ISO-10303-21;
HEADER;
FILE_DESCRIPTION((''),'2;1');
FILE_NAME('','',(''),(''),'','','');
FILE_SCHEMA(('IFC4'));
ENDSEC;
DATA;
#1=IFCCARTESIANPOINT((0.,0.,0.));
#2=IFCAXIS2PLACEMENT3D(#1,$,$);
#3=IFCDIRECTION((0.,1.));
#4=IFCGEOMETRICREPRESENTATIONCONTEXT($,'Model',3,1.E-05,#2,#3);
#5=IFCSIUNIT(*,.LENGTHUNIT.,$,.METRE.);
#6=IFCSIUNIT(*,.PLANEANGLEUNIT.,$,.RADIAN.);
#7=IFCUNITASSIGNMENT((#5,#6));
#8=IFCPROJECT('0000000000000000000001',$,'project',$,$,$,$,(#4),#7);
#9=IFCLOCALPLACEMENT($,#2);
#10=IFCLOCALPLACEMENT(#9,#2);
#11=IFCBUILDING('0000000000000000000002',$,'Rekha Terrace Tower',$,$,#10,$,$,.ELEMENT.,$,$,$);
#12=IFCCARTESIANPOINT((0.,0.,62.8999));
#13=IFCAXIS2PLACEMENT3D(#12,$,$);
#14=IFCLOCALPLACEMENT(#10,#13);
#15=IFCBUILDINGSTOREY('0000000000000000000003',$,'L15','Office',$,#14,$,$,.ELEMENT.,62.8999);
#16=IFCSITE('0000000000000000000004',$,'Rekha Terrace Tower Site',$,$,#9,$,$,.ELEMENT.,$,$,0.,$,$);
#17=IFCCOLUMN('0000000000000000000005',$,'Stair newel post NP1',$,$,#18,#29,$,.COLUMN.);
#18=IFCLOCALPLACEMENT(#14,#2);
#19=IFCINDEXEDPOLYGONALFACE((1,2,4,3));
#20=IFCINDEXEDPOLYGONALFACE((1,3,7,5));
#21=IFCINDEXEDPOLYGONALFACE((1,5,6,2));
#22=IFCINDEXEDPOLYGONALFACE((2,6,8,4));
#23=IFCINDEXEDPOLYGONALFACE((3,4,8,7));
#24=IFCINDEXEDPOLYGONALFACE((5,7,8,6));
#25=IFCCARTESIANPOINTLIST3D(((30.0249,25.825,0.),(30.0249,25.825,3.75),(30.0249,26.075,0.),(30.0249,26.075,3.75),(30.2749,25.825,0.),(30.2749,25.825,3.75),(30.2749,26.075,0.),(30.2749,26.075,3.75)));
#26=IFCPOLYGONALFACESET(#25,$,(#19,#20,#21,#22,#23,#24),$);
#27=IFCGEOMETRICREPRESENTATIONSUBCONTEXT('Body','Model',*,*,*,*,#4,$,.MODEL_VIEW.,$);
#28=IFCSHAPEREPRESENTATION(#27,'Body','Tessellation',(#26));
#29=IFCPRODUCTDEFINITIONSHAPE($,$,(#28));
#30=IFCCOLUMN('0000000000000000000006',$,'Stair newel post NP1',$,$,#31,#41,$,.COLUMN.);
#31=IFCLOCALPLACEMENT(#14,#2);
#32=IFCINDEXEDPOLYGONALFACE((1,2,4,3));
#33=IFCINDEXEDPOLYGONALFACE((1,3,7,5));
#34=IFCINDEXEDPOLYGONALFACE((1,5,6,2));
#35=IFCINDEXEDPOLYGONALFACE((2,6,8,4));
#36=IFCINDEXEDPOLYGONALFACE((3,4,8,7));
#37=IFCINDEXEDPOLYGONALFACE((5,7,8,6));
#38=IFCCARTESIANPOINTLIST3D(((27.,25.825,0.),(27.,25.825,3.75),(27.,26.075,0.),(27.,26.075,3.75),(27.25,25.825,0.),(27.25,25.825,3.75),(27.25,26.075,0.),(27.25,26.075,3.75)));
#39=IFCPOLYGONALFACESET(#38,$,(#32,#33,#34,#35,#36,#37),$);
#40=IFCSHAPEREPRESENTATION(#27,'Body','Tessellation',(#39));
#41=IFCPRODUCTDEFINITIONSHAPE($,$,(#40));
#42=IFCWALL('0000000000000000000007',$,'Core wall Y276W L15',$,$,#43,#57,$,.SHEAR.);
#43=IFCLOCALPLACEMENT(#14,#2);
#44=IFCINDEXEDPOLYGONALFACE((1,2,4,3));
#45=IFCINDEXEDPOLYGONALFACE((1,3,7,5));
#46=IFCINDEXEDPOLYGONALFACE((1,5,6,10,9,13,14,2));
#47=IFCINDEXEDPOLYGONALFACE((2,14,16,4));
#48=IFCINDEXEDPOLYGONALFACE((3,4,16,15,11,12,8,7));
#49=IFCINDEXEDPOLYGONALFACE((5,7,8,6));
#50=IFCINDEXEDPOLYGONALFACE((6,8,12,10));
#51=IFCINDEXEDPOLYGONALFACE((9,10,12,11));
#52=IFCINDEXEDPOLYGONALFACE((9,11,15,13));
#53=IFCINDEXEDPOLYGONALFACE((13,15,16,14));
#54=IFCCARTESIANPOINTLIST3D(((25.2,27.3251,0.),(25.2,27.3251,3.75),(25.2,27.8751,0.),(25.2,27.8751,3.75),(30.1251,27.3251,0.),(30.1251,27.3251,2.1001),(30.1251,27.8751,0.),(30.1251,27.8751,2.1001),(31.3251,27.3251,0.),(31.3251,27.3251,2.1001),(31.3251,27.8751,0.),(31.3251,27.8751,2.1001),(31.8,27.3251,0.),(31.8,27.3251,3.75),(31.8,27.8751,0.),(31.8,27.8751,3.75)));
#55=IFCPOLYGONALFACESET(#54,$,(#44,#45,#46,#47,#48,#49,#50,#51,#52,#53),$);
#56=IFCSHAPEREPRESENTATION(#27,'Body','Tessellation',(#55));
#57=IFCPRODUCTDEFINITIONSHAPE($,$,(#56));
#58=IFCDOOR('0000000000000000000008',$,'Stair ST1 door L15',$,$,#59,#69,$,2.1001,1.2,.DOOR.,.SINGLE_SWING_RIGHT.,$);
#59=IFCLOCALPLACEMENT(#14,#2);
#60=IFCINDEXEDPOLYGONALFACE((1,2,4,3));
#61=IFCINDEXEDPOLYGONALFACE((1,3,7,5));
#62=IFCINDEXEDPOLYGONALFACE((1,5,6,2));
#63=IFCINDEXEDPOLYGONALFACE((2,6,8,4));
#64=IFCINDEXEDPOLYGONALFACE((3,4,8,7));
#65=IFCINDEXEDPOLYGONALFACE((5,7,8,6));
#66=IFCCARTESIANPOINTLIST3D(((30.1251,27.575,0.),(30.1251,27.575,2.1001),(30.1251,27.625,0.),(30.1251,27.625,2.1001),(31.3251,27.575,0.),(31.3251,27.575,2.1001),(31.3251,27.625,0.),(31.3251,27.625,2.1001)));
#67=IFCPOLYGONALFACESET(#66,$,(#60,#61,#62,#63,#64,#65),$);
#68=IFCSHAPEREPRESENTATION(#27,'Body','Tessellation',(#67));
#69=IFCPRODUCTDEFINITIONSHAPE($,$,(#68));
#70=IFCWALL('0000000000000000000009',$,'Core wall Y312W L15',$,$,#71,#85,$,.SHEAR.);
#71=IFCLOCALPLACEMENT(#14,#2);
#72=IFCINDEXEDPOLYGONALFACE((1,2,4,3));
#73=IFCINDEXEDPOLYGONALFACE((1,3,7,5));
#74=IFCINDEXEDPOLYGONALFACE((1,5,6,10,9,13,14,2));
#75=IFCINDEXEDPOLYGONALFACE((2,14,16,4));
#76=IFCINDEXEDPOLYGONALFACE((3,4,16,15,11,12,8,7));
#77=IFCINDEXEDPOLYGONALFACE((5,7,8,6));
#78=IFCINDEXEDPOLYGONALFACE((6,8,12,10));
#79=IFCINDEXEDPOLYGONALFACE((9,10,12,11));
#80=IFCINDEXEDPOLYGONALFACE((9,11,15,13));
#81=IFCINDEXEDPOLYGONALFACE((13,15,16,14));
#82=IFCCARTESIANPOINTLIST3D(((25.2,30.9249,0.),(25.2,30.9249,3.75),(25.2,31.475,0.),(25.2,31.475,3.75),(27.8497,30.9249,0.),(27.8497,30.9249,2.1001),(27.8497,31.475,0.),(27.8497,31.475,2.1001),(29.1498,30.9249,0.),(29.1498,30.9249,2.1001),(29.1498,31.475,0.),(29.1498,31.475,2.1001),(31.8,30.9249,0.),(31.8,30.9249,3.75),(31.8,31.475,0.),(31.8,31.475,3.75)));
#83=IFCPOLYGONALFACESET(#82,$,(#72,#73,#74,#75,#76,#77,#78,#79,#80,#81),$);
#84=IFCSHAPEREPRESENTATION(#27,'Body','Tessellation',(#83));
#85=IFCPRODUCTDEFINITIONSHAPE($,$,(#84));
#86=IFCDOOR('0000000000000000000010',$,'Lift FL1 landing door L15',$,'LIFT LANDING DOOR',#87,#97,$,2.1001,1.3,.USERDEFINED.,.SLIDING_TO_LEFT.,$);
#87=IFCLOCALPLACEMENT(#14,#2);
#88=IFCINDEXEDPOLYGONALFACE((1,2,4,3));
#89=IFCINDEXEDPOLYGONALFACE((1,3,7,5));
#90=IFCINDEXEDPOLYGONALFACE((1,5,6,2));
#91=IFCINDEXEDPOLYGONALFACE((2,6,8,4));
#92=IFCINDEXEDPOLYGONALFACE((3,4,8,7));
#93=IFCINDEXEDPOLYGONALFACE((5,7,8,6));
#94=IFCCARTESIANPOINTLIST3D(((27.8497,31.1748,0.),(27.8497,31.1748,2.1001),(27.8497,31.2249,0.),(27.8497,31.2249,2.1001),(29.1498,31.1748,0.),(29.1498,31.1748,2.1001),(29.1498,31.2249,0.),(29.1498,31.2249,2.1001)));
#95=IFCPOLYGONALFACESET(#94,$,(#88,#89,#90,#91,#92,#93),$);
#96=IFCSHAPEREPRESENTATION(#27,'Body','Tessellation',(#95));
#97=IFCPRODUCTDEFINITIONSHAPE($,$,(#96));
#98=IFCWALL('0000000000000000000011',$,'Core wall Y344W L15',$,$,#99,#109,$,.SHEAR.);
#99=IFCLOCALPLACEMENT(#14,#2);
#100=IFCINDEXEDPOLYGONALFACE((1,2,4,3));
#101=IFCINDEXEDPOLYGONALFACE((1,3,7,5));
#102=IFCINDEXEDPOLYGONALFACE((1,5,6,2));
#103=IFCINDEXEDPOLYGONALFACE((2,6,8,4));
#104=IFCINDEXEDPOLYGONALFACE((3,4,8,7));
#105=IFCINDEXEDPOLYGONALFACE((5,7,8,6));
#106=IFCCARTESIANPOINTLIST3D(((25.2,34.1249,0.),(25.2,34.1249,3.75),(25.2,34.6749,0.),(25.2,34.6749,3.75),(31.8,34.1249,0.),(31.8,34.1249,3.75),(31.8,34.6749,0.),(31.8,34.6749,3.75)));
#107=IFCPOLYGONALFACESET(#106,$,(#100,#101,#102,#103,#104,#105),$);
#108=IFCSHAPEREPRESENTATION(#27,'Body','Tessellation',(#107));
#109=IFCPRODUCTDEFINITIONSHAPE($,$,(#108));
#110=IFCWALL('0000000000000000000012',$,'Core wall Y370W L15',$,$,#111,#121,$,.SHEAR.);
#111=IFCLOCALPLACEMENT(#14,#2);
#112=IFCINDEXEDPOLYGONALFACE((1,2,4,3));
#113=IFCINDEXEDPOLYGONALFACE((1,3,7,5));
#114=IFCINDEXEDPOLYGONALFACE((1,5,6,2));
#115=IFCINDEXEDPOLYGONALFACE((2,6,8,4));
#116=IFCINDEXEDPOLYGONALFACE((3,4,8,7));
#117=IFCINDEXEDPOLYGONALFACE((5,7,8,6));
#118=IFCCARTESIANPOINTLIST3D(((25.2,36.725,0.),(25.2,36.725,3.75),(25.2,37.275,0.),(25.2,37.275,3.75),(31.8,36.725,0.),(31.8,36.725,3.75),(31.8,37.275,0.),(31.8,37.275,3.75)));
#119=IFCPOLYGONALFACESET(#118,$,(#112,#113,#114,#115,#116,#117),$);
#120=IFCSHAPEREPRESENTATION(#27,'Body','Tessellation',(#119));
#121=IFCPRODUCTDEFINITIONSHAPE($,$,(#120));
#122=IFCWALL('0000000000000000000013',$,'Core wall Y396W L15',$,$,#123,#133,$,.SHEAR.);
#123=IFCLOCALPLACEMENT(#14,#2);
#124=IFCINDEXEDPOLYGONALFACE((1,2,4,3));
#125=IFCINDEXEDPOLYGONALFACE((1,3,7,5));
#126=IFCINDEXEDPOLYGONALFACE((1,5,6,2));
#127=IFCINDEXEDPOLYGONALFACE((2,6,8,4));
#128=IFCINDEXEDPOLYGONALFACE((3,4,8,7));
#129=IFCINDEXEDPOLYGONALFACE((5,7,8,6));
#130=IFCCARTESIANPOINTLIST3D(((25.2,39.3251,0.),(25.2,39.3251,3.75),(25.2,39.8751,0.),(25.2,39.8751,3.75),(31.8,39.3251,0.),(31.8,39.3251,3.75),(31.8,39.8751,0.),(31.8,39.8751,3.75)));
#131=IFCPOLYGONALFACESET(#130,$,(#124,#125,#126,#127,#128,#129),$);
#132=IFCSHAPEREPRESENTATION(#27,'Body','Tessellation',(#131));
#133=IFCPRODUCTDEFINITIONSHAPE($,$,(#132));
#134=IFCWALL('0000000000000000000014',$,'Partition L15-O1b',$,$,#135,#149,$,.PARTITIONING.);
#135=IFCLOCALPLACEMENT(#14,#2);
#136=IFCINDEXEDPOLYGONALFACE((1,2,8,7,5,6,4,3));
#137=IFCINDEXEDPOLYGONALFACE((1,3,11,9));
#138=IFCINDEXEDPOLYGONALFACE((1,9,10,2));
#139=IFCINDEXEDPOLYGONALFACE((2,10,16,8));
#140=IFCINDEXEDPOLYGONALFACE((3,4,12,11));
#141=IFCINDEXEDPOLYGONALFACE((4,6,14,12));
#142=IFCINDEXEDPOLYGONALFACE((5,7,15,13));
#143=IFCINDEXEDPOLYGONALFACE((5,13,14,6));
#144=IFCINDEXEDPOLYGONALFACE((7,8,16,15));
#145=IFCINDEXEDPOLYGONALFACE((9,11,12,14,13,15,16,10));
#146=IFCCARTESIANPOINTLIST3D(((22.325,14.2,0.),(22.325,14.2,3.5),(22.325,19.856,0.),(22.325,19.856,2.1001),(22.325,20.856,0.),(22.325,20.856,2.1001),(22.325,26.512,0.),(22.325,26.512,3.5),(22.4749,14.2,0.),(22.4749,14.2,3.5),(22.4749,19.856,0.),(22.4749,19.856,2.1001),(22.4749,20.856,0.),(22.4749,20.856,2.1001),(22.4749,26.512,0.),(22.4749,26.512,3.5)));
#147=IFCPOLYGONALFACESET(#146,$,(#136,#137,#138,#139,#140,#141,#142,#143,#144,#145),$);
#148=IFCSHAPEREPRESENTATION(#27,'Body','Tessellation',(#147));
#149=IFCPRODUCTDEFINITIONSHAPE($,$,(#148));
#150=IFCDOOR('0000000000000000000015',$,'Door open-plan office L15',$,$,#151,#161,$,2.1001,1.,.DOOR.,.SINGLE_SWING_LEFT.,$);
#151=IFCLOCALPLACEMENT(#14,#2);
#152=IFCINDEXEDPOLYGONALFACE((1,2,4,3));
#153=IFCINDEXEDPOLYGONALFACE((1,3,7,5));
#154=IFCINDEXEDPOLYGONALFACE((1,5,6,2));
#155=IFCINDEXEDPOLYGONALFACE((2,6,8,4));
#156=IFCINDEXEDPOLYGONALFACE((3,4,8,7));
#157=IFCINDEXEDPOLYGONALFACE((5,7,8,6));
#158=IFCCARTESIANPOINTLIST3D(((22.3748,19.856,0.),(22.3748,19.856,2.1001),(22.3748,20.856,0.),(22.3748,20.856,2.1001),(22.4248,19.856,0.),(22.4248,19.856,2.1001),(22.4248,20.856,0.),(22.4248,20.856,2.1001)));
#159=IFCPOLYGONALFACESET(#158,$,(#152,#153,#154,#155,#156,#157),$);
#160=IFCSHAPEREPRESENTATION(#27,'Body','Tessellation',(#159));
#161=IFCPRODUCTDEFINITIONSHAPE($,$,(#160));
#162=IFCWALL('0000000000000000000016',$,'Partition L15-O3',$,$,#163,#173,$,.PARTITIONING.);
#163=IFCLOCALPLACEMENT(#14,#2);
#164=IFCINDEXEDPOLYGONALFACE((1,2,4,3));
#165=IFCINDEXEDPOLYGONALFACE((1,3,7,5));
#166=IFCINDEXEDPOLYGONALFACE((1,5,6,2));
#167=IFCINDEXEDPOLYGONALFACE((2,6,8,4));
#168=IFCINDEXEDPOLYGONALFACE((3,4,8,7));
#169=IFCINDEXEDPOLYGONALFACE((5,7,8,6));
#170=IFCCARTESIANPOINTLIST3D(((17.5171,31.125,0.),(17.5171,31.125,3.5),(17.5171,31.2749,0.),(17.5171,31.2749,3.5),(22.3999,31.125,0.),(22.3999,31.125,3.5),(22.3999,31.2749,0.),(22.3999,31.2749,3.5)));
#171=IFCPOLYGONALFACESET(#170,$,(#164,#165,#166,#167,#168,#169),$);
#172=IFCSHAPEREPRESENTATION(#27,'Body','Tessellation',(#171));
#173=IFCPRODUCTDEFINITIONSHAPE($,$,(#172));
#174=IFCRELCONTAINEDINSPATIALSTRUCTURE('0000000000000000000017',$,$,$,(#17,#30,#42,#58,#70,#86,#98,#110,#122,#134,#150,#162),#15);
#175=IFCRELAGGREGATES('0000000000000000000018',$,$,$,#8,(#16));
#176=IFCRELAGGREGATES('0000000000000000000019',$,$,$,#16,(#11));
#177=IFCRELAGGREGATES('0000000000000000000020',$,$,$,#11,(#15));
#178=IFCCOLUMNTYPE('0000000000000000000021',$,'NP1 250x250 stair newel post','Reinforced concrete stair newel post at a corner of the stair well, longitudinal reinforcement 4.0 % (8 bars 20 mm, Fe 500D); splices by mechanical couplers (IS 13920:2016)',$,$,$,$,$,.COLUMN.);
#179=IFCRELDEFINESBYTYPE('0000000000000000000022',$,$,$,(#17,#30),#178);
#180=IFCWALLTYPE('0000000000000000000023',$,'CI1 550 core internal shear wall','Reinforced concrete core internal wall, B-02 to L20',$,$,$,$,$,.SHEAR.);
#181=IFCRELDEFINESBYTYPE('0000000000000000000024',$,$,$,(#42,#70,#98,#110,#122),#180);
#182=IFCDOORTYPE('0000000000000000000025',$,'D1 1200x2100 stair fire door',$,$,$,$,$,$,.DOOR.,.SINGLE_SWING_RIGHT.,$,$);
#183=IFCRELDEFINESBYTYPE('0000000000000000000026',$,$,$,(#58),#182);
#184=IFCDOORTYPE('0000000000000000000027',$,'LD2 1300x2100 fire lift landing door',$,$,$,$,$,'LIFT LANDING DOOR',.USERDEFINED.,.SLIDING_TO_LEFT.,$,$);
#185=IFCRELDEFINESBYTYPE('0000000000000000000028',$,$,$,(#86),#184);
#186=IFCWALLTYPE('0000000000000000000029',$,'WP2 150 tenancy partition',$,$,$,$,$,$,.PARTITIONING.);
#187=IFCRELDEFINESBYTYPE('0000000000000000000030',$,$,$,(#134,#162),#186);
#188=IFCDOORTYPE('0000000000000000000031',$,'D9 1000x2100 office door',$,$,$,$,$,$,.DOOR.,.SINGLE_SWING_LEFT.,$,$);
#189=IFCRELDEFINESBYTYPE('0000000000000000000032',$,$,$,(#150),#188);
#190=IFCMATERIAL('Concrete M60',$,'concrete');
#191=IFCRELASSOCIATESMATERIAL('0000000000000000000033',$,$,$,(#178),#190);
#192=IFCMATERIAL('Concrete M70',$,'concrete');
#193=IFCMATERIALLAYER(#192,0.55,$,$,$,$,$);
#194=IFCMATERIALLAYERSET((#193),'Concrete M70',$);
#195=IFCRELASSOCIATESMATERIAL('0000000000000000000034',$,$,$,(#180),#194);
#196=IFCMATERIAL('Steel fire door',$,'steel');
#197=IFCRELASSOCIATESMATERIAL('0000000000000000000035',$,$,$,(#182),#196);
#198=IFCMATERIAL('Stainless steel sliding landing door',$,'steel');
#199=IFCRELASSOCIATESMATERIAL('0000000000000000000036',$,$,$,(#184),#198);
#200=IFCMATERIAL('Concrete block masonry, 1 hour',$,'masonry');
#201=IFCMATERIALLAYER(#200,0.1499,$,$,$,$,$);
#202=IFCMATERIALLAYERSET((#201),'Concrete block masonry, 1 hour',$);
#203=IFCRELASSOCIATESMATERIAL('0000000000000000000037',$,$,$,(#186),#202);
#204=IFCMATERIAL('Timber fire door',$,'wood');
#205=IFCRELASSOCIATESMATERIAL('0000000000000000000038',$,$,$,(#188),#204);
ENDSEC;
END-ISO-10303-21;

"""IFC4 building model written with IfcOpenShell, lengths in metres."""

from ifc_helpers import new_model, si_unit, direction, frame, frame_2d, origin, origin_2d, place, context, subcontext, project, spatial, rectangle, extrude, material, layer, layer_set, material_profile, profile_set, type_object, element, fill, save


model = new_model("IFC4")

# Units and contexts
model_context = context("Model", 3, precision=1e-05, world=origin(), true_north=direction((0.0, 1.0)))
body_context = subcontext(model_context, "Body", "Model", "MODEL_VIEW")
ifc_project = project(units=[si_unit("LENGTHUNIT", "METRE"), si_unit("PLANEANGLEUNIT", "RADIAN")], contexts=[model_context])

# Site, building, storey
site_placement = place(None, origin())
site = spatial("IfcSite", under=ifc_project, at=site_placement, Name="Rekha Terrace Tower Site", CompositionType="ELEMENT", RefElevation=0.0)
building_placement = place(site_placement, origin())
building = spatial("IfcBuilding", under=site, at=building_placement, Name="Rekha Terrace Tower", CompositionType="ELEMENT")
storey_placement = place(building_placement, frame((0.0, 0.0, 62.8999)))
storey = spatial("IfcBuildingStorey", under=building, at=storey_placement, Name="L15", Description="Office", CompositionType="ELEMENT", Elevation=62.8999)

# Columns
ifc_material_1 = material(Name="Concrete M60", Category="concrete")
ifc_material_profile = material_profile(ifc_material_1, rectangle(XDim=0.25, YDim=0.25, at=origin_2d()), Name="RC 250x250")
ifc_profile_set = profile_set([ifc_material_profile], Name="Concrete M60")
column_type = type_object("IfcColumnType", Name="NP1 250x250 stair newel post", Description="Reinforced concrete stair newel post at a corner of the stair well, longitudinal reinforcement 4.0 % (8 bars 20 mm, Fe 500D); splices by mechanical couplers (IS 13920:2016)", PredefinedType="COLUMN", material=ifc_profile_set)
for number, where, z_axis, x_axis, name in (
    (1, (30.1499, 25.95, 0.0), (0.0, 0.0, 1.0), (1.0, 0.0, 0.0), "Stair newel post NP1"),
    (2, (27.125, 25.95, 0.0), (0.0, 0.0, 1.0), (1.0, 0.0, 0.0), "Stair newel post NP1"),
):
    element("IfcColumn", number, at=place(storey_placement, frame(where, z_axis=z_axis, x_axis=x_axis)), inside=storey, type_object=column_type, Name=name, PredefinedType="COLUMN", context=body_context, shape_type="SweptSolid", body=[
        extrude(rectangle(XDim=0.25, YDim=0.25, at=origin_2d()), origin(), (0.0, 0.0, 1.0), 3.75),
    ])

# Walls, openings, doors
ifc_material_2 = material(Name="Concrete M70", Category="concrete")
ifc_layer_1 = layer(ifc_material_2, 0.55)
ifc_layer_set_1 = layer_set([ifc_layer_1], Name="Concrete M70")
wall_type_1 = type_object("IfcWallType", Name="CI1 550 core internal shear wall", Description="Reinforced concrete core internal wall, B-02 to L20", PredefinedType="SHEAR", material=ifc_layer_set_1)
wall_1_placement = place(storey_placement, frame((25.2, 27.6001, 0.0), z_axis=(0.0, 0.0, 1.0), x_axis=(1.0, 0.0, 0.0)))
wall_1 = element("IfcWall", 3, at=wall_1_placement, inside=storey, type_object=wall_type_1, Name="Core wall Y276W L15", PredefinedType="SHEAR", context=body_context, shape_type="SweptSolid", body=[
    extrude(rectangle(XDim=6.6001, YDim=0.55, at=frame_2d((3.3, 0.0))), origin(), (0.0, 0.0, 1.0), 3.75),
])
opening_1_placement = place(wall_1_placement, frame((4.925, 0.0, 0.0)))
opening_1 = element("IfcOpeningElement", 4, at=opening_1_placement, cuts=wall_1, PredefinedType="OPENING", context=body_context, shape_type="SweptSolid", body=[
    extrude(rectangle(XDim=1.2, YDim=2.1001, at=frame_2d((0.6001, 1.05))), frame((0.0, 0.2849, 0.0), z_axis=(0.0, -1.0, 0.0), x_axis=(1.0, 0.0, 0.0)), (0.0, 0.0, 1.0), 0.5701),
])
ifc_material_3 = material(Name="Steel fire door", Category="steel")
door_type_1 = type_object("IfcDoorType", Name="D1 1200x2100 stair fire door", OperationType="SINGLE_SWING_RIGHT", PredefinedType="DOOR", material=ifc_material_3)
door_1_placement = place(opening_1_placement, origin())
door_1 = element("IfcDoor", 5, at=door_1_placement, inside=storey, type_object=door_type_1, Name="Stair ST1 door L15", OperationType="SINGLE_SWING_RIGHT", OverallHeight=2.1001, OverallWidth=1.2, PredefinedType="DOOR", context=body_context, shape_type="SweptSolid", body=[
    extrude(rectangle(XDim=1.2, YDim=2.1001, at=frame_2d((0.6001, 1.05))), frame((0.0, 0.0249, 0.0), z_axis=(0.0, -1.0, 0.0), x_axis=(1.0, 0.0, 0.0)), (0.0, 0.0, 1.0), 0.05),
])
fill(opening_1, door_1)
wall_2_placement = place(storey_placement, frame((25.2, 31.2, 0.0), z_axis=(0.0, 0.0, 1.0), x_axis=(1.0, 0.0, 0.0)))
wall_2 = element("IfcWall", 6, at=wall_2_placement, inside=storey, type_object=wall_type_1, Name="Core wall Y312W L15", PredefinedType="SHEAR", context=body_context, shape_type="SweptSolid", body=[
    extrude(rectangle(XDim=6.6001, YDim=0.55, at=frame_2d((3.3, 0.0))), origin(), (0.0, 0.0, 1.0), 3.75),
])
opening_2_placement = place(wall_2_placement, frame((2.6499, 0.0, 0.0)))
opening_2 = element("IfcOpeningElement", 7, at=opening_2_placement, cuts=wall_2, PredefinedType="OPENING", context=body_context, shape_type="SweptSolid", body=[
    extrude(rectangle(XDim=1.3, YDim=2.1001, at=frame_2d((0.6499, 1.05))), frame((0.0, 0.2849, 0.0), z_axis=(0.0, -1.0, 0.0), x_axis=(1.0, 0.0, 0.0)), (0.0, 0.0, 1.0), 0.5701),
])
ifc_material_4 = material(Name="Stainless steel sliding landing door", Category="steel")
door_type_2 = type_object("IfcDoorType", Name="LD2 1300x2100 fire lift landing door", ElementType="LIFT LANDING DOOR", OperationType="SLIDING_TO_LEFT", PredefinedType="USERDEFINED", material=ifc_material_4)
door_2_placement = place(opening_2_placement, origin())
door_2 = element("IfcDoor", 8, at=door_2_placement, inside=storey, type_object=door_type_2, Name="Lift FL1 landing door L15", ObjectType="LIFT LANDING DOOR", OperationType="SLIDING_TO_LEFT", OverallHeight=2.1001, OverallWidth=1.3, PredefinedType="USERDEFINED", context=body_context, shape_type="SweptSolid", body=[
    extrude(rectangle(XDim=1.3, YDim=2.1001, at=frame_2d((0.6499, 1.05))), frame((0.0, 0.0249, 0.0), z_axis=(0.0, -1.0, 0.0), x_axis=(1.0, 0.0, 0.0)), (0.0, 0.0, 1.0), 0.05),
])
fill(opening_2, door_2)

# Walls
for number, where, z_axis, x_axis, name in (
    (9, (25.2, 34.3999, 0.0), (0.0, 0.0, 1.0), (1.0, 0.0, 0.0), "Core wall Y344W L15"),
    (10, (25.2, 37.0, 0.0), (0.0, 0.0, 1.0), (1.0, 0.0, 0.0), "Core wall Y370W L15"),
    (11, (25.2, 39.6001, 0.0), (0.0, 0.0, 1.0), (1.0, 0.0, 0.0), "Core wall Y396W L15"),
):
    element("IfcWall", number, at=place(storey_placement, frame(where, z_axis=z_axis, x_axis=x_axis)), inside=storey, type_object=wall_type_1, Name=name, PredefinedType="SHEAR", context=body_context, shape_type="SweptSolid", body=[
        extrude(rectangle(XDim=6.6001, YDim=0.55, at=frame_2d((3.3, 0.0))), origin(), (0.0, 0.0, 1.0), 3.75),
    ])

# Wall, opening, door
ifc_material_5 = material(Name="Concrete block masonry, 1 hour", Category="masonry")
ifc_layer_2 = layer(ifc_material_5, 0.1499)
ifc_layer_set_2 = layer_set([ifc_layer_2], Name="Concrete block masonry, 1 hour")
wall_type_2 = type_object("IfcWallType", Name="WP2 150 tenancy partition", PredefinedType="PARTITIONING", material=ifc_layer_set_2)
wall_3_placement = place(storey_placement, frame((22.3999, 26.512, 0.0), z_axis=(0.0, 0.0, 1.0), x_axis=(0.0, -1.0, 0.0)))
wall_3 = element("IfcWall", 12, at=wall_3_placement, inside=storey, type_object=wall_type_2, Name="Partition L15-O1b", PredefinedType="PARTITIONING", context=body_context, shape_type="SweptSolid", body=[
    extrude(rectangle(XDim=12.312, YDim=0.1499, at=frame_2d((6.156, 0.0))), origin(), (0.0, 0.0, 1.0), 3.5),
])
opening_3_placement = place(wall_3_placement, frame((5.656, 0.0, 0.0)))
opening_3 = element("IfcOpeningElement", 13, at=opening_3_placement, cuts=wall_3, PredefinedType="OPENING", context=body_context, shape_type="SweptSolid", body=[
    extrude(rectangle(XDim=1.0, YDim=2.1001, at=frame_2d((0.5, 1.05))), frame((0.0, 0.085, 0.0), z_axis=(0.0, -1.0, 0.0), x_axis=(1.0, 0.0, 0.0)), (0.0, 0.0, 1.0), 0.1699),
])
ifc_material_6 = material(Name="Timber fire door", Category="wood")
door_type_3 = type_object("IfcDoorType", Name="D9 1000x2100 office door", OperationType="SINGLE_SWING_LEFT", PredefinedType="DOOR", material=ifc_material_6)
door_3_placement = place(opening_3_placement, origin())
door_3 = element("IfcDoor", 14, at=door_3_placement, inside=storey, type_object=door_type_3, Name="Door open-plan office L15", OperationType="SINGLE_SWING_LEFT", OverallHeight=2.1001, OverallWidth=1.0, PredefinedType="DOOR", context=body_context, shape_type="SweptSolid", body=[
    extrude(rectangle(XDim=1.0, YDim=2.1001, at=frame_2d((0.5, 1.05))), frame((0.0, 0.0249, 0.0), z_axis=(0.0, -1.0, 0.0), x_axis=(1.0, 0.0, 0.0)), (0.0, 0.0, 1.0), 0.05),
])
fill(opening_3, door_3)

# Wall
wall_4_placement = place(storey_placement, frame((22.3999, 31.2, 0.0), z_axis=(0.0, 0.0, 1.0), x_axis=(-1.0, 0.0, 0.0)))
element("IfcWall", 15, at=wall_4_placement, inside=storey, type_object=wall_type_2, Name="Partition L15-O3", PredefinedType="PARTITIONING", context=body_context, shape_type="SweptSolid", body=[
    extrude(rectangle(XDim=4.8828, YDim=0.1499, at=frame_2d((2.4414, 0.0))), origin(), (0.0, 0.0, 1.0), 3.5),
])

save(model, "model.ifc")
